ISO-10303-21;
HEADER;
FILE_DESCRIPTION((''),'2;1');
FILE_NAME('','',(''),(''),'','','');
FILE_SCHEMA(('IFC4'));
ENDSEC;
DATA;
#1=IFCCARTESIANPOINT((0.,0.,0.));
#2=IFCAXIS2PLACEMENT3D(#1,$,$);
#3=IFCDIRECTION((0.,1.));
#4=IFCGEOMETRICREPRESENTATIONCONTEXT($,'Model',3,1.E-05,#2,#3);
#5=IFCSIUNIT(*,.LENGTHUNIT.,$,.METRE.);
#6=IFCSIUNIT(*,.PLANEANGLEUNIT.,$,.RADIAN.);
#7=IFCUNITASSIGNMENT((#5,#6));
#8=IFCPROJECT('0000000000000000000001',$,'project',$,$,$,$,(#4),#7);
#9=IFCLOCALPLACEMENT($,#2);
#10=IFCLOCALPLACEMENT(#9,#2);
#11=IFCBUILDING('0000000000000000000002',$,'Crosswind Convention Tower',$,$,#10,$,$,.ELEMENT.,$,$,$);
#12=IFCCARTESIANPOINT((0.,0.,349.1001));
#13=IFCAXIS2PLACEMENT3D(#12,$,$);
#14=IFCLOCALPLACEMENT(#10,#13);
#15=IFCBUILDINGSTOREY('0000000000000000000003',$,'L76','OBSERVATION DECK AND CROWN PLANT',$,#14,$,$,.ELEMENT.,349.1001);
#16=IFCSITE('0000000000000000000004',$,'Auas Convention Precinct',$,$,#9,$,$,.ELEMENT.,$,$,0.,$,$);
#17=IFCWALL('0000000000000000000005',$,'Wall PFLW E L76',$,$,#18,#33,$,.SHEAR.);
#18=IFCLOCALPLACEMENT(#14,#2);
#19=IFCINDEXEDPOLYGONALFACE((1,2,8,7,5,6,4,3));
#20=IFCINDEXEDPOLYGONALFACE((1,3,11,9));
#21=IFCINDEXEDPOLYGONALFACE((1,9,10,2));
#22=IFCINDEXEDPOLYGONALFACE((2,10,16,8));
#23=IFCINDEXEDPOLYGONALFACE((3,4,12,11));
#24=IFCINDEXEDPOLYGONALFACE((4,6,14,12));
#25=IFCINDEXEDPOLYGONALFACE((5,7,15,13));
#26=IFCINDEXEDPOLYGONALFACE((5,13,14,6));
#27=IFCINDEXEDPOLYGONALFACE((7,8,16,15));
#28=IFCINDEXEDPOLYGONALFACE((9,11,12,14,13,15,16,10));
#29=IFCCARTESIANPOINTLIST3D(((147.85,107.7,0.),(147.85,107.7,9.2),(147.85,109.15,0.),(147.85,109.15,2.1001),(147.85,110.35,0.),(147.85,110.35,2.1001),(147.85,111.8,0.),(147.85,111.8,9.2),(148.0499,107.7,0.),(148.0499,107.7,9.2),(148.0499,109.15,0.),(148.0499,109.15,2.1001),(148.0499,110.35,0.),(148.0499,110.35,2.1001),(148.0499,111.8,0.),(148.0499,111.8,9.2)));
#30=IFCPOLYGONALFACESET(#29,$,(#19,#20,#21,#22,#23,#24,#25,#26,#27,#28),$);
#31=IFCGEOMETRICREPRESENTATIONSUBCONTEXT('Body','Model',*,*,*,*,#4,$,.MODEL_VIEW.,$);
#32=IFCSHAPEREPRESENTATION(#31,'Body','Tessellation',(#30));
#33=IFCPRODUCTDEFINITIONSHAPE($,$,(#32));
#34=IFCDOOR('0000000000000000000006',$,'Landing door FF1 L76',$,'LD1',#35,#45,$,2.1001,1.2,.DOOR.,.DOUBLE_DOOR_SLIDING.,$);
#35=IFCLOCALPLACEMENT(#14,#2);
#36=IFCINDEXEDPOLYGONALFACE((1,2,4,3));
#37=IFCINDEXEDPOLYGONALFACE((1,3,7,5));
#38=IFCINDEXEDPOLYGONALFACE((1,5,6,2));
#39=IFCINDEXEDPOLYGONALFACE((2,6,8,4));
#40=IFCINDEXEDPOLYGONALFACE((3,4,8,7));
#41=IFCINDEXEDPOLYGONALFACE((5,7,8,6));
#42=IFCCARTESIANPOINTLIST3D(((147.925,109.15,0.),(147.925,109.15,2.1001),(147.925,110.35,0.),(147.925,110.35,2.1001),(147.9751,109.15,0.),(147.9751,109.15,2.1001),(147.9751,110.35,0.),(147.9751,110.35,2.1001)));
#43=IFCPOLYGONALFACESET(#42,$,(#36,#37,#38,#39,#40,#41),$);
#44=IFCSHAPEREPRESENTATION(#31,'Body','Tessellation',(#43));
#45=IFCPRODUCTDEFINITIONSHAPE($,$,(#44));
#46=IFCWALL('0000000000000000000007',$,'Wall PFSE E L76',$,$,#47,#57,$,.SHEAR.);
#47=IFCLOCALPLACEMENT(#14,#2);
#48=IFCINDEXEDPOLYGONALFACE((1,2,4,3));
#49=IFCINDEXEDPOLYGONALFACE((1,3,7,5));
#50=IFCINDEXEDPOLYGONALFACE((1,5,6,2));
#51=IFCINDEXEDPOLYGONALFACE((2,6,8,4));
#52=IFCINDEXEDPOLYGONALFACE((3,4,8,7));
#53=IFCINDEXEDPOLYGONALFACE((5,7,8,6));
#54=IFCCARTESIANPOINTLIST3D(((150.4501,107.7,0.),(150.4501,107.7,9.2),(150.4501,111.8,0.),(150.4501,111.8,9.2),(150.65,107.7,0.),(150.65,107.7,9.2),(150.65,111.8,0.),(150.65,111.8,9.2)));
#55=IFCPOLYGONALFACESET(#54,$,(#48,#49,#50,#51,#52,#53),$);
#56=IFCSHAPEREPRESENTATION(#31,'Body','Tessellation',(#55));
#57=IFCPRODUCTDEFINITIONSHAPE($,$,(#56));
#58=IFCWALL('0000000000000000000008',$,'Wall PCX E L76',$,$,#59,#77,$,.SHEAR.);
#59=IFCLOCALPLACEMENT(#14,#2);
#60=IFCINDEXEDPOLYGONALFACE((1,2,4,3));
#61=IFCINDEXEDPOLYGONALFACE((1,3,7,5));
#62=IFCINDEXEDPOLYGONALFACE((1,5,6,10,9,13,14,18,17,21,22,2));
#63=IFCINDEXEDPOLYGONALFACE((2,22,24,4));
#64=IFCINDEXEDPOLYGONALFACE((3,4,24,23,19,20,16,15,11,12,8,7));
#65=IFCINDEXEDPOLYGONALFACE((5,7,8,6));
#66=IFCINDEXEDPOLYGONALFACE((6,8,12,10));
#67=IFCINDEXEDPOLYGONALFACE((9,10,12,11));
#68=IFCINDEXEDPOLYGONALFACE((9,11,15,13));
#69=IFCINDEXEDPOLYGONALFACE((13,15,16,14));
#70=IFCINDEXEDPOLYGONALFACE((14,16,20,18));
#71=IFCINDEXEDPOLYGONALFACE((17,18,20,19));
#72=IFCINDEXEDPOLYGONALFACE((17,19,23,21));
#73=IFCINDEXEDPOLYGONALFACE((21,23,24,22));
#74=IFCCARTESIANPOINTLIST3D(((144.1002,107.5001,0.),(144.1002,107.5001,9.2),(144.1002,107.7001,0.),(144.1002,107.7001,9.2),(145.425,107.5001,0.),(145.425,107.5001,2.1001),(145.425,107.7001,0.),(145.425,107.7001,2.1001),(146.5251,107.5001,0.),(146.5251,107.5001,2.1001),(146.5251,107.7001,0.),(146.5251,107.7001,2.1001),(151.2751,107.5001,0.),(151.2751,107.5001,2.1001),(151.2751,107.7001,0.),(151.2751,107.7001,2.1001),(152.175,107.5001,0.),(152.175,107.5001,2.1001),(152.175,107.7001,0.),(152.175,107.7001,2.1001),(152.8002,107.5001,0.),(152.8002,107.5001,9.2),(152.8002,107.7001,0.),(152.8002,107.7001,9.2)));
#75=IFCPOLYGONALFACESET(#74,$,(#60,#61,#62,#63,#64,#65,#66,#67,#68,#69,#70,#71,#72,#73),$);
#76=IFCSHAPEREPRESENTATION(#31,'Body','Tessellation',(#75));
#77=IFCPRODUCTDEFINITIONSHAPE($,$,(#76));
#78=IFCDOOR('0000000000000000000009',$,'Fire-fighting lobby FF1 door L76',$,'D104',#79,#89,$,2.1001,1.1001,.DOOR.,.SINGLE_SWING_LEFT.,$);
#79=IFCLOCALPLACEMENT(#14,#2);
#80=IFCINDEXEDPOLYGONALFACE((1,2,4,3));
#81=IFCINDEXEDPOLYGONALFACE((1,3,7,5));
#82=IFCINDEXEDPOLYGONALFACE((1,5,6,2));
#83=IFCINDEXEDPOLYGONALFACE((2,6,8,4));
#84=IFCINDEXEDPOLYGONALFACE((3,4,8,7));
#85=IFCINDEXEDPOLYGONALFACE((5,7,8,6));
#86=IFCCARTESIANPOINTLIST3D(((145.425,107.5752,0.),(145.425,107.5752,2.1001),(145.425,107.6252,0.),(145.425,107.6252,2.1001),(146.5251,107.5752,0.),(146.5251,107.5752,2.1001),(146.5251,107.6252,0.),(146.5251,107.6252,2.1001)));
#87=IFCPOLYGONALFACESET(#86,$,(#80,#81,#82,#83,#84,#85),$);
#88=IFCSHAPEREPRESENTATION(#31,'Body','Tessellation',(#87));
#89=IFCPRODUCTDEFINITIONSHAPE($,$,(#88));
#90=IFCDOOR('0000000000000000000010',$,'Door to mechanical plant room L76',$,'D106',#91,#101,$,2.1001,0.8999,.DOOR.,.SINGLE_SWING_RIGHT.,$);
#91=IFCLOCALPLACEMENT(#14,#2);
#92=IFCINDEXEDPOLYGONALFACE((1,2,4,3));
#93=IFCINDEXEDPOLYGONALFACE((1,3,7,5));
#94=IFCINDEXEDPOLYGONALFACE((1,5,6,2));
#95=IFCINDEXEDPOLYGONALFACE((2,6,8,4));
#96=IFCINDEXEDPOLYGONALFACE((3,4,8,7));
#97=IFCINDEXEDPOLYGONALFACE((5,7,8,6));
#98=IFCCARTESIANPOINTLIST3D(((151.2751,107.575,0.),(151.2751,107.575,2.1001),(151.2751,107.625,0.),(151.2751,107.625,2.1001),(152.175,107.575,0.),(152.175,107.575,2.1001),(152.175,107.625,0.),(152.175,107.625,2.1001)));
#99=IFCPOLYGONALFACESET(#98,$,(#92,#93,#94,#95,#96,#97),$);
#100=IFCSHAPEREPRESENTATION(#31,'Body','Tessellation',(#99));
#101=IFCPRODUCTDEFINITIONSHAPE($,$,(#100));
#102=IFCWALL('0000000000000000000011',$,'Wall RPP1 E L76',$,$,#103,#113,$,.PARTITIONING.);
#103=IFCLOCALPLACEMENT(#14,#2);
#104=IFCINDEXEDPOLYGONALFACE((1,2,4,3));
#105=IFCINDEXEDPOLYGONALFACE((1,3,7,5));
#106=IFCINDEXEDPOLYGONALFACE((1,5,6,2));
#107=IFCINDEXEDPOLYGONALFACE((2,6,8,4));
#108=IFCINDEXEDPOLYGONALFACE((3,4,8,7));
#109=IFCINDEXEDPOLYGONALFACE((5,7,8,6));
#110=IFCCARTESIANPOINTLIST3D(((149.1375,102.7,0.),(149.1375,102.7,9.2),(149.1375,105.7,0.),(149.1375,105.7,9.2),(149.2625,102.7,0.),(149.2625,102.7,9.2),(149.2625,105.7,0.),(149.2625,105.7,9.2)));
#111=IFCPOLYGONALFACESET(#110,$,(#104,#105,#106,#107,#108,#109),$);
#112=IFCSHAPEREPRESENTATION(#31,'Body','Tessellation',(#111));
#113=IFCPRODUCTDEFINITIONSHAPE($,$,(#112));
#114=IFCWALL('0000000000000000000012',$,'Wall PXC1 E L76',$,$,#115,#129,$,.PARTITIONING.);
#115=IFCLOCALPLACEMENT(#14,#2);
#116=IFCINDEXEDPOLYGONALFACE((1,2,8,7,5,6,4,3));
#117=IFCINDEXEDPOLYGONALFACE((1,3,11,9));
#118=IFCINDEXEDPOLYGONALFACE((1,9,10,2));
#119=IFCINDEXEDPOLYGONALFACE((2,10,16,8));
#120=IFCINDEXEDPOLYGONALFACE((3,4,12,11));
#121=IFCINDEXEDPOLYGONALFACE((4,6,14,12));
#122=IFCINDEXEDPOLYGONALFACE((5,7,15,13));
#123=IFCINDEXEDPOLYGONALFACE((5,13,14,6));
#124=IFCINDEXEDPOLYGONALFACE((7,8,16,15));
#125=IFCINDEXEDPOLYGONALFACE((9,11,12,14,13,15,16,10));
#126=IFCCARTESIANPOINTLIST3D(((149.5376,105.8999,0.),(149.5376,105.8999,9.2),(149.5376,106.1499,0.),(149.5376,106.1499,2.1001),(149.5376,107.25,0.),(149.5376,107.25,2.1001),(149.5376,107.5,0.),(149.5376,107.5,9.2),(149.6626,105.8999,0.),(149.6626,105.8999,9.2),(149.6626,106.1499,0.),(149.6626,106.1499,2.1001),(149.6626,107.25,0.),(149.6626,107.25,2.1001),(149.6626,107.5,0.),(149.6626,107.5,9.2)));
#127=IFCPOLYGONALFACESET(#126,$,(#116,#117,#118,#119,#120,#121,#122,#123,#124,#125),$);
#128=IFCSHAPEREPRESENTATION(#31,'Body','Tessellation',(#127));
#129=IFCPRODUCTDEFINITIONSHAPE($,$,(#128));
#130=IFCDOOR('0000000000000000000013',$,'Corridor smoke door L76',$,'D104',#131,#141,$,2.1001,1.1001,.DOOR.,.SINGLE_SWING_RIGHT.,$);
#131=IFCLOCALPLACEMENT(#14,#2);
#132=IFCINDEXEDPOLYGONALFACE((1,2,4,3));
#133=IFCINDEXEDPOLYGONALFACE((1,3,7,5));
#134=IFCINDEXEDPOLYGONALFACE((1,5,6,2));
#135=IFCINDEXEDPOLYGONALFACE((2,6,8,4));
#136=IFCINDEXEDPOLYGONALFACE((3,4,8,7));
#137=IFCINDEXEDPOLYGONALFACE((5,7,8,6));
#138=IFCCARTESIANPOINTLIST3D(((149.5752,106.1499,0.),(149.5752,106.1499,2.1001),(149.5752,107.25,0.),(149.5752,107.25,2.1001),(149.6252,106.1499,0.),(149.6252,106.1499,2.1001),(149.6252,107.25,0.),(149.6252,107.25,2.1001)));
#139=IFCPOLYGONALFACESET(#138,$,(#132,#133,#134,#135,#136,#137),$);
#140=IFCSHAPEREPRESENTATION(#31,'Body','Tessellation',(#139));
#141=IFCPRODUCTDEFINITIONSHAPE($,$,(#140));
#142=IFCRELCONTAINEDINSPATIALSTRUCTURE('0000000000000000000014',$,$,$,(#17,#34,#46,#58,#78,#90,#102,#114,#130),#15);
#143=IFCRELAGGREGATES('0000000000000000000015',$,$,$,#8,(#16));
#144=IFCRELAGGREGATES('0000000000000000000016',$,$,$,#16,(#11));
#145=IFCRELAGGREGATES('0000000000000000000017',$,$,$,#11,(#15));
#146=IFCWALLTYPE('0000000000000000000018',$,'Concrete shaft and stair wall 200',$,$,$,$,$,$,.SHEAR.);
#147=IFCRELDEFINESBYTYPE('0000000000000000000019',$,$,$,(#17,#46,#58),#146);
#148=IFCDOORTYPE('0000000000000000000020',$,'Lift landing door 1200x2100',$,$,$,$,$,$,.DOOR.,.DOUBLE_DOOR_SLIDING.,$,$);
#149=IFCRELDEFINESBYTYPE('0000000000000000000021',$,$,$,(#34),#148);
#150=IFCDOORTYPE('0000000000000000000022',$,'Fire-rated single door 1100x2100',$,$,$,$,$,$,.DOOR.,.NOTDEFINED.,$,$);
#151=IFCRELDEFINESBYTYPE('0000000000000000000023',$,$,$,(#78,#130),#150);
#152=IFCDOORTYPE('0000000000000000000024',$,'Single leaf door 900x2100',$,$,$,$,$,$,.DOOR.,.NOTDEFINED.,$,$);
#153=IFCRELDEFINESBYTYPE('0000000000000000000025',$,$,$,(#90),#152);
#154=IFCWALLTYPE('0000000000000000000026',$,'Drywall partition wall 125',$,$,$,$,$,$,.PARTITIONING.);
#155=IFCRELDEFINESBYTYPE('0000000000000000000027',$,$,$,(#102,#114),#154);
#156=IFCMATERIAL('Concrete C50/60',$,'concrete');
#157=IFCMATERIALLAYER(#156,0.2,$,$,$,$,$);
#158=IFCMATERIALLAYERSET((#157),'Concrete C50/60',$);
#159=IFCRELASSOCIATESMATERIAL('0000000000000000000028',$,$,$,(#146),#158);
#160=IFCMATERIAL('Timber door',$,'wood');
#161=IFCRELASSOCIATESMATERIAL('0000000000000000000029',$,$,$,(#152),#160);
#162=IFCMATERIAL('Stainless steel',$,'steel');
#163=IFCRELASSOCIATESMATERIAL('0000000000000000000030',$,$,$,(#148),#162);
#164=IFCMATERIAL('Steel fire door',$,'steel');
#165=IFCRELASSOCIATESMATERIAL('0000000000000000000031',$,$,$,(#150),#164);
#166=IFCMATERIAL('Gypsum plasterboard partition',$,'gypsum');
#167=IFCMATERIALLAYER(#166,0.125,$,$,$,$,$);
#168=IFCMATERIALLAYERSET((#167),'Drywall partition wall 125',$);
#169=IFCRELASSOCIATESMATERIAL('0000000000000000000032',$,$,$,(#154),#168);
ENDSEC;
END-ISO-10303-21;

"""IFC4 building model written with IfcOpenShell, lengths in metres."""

from ifc_helpers import new_model, si_unit, direction, frame, frame_2d, origin, place, context, subcontext, project, spatial, rectangle, extrude, material, layer, layer_set, type_object, element, fill, save


model = new_model("IFC4")

# Units and contexts
model_context = context("Model", 3, precision=1e-05, world=origin(), true_north=direction((0.0, 1.0)))
body_context = subcontext(model_context, "Body", "Model", "MODEL_VIEW")
ifc_project = project(units=[si_unit("LENGTHUNIT", "METRE"), si_unit("PLANEANGLEUNIT", "RADIAN")], contexts=[model_context])

# Site, building, storey
site_placement = place(None, origin())
site = spatial("IfcSite", under=ifc_project, at=site_placement, Name="Auas Convention Precinct", CompositionType="ELEMENT", RefElevation=0.0)
building_placement = place(site_placement, origin())
building = spatial("IfcBuilding", under=site, at=building_placement, Name="Crosswind Convention Tower", CompositionType="ELEMENT")
storey_placement = place(building_placement, frame((0.0, 0.0, 349.1001)))
storey = spatial("IfcBuildingStorey", under=building, at=storey_placement, Name="L76", Description="OBSERVATION DECK AND CROWN PLANT", CompositionType="ELEMENT", Elevation=349.1001)

# Shared definitions
ifc_material_1 = material(Name="Concrete C50/60", Category="concrete")
ifc_layer_1 = layer(ifc_material_1, 0.2)
ifc_layer_set_1 = layer_set([ifc_layer_1], Name="Concrete C50/60")
wall_type_1 = type_object("IfcWallType", Name="Concrete shaft and stair wall 200", PredefinedType="SHEAR", material=ifc_layer_set_1)

# Shared definitions
ifc_material_2 = material(Name="Steel fire door", Category="steel")
ifc_material_3 = material(Name="Timber door", Category="wood")
door_type_1 = type_object("IfcDoorType", Name="Single leaf door 900x2100", OperationType="NOTDEFINED", PredefinedType="DOOR", material=ifc_material_3)

# Wall, opening, door
wall_1_placement = place(storey_placement, frame((147.95, 107.7, 0.0), z_axis=(0.0, 0.0, 1.0), x_axis=(0.0, 1.0, 0.0)))
wall_1 = element("IfcWall", 1, at=wall_1_placement, inside=storey, type_object=wall_type_1, Name="Wall PFLW E L76", PredefinedType="SHEAR", context=body_context, shape_type="SweptSolid", body=[
    extrude(rectangle(XDim=4.1001, YDim=0.2, at=frame_2d((2.05, 0.0))), origin(), (0.0, 0.0, 1.0), 9.2),
])
opening_1_placement = place(wall_1_placement, frame((1.45, 0.0, 0.0)))
opening_1 = element("IfcOpeningElement", 2, at=opening_1_placement, cuts=wall_1, PredefinedType="OPENING", context=body_context, shape_type="SweptSolid", body=[
    extrude(rectangle(XDim=1.2, YDim=2.1001, at=frame_2d((0.6001, 1.05))), frame((0.0, 0.1099, 0.0), z_axis=(0.0, -1.0, 0.0), x_axis=(1.0, 0.0, 0.0)), (0.0, 0.0, 1.0), 0.22),
])
ifc_material_4 = material(Name="Stainless steel", Category="steel")
door_type_2 = type_object("IfcDoorType", Name="Lift landing door 1200x2100", OperationType="DOUBLE_DOOR_SLIDING", PredefinedType="DOOR", material=ifc_material_4)
door_1_placement = place(opening_1_placement, origin())
door_1 = element("IfcDoor", 3, at=door_1_placement, inside=storey, type_object=door_type_2, Name="Landing door FF1 L76", ObjectType="LD1", OperationType="DOUBLE_DOOR_SLIDING", OverallHeight=2.1001, OverallWidth=1.2, PredefinedType="DOOR", context=body_context, shape_type="SweptSolid", body=[
    extrude(rectangle(XDim=1.2, YDim=2.1001, at=frame_2d((0.6001, 1.05))), frame((0.0, 0.0249, 0.0), z_axis=(0.0, -1.0, 0.0), x_axis=(1.0, 0.0, 0.0)), (0.0, 0.0, 1.0), 0.05),
])
fill(opening_1, door_1)

# Wall
wall_2_placement = place(storey_placement, frame((150.55, 107.7, 0.0), z_axis=(0.0, 0.0, 1.0), x_axis=(0.0, 1.0, 0.0)))
element("IfcWall", 4, at=wall_2_placement, inside=storey, type_object=wall_type_1, Name="Wall PFSE E L76", PredefinedType="SHEAR", context=body_context, shape_type="SweptSolid", body=[
    extrude(rectangle(XDim=4.1001, YDim=0.2, at=frame_2d((2.05, 0.0))), origin(), (0.0, 0.0, 1.0), 9.2),
])

# Wall, openings, doors
wall_3_placement = place(storey_placement, frame((144.1001, 107.6001, 0.0), z_axis=(0.0, 0.0, 1.0), x_axis=(1.0, 0.0, 0.0)))
wall_3 = element("IfcWall", 5, at=wall_3_placement, inside=storey, type_object=wall_type_1, Name="Wall PCX E L76", PredefinedType="SHEAR", context=body_context, shape_type="SweptSolid", body=[
    extrude(rectangle(XDim=8.7, YDim=0.2, at=frame_2d((4.3501, 0.0))), origin(), (0.0, 0.0, 1.0), 9.2),
])
opening_2_placement = place(wall_3_placement, frame((1.325, 0.0, 0.0)))
opening_2 = element("IfcOpeningElement", 6, at=opening_2_placement, cuts=wall_3, PredefinedType="OPENING", context=body_context, shape_type="SweptSolid", body=[
    extrude(rectangle(XDim=1.1001, YDim=2.1001, at=frame_2d((0.55, 1.05))), frame((0.0, 0.1099, 0.0), z_axis=(0.0, -1.0, 0.0), x_axis=(1.0, 0.0, 0.0)), (0.0, 0.0, 1.0), 0.22),
])
opening_3_placement = place(wall_3_placement, frame((7.175, 0.0, 0.0)))
opening_3 = element("IfcOpeningElement", 7, at=opening_3_placement, cuts=wall_3, PredefinedType="OPENING", context=body_context, shape_type="SweptSolid", body=[
    extrude(rectangle(XDim=0.8999, YDim=2.1001, at=frame_2d((0.45, 1.05))), frame((0.0, 0.1099, 0.0), z_axis=(0.0, -1.0, 0.0), x_axis=(1.0, 0.0, 0.0)), (0.0, 0.0, 1.0), 0.22),
])
door_type_3 = type_object("IfcDoorType", Name="Fire-rated single door 1100x2100", OperationType="NOTDEFINED", PredefinedType="DOOR", material=ifc_material_2)
door_2_placement = place(opening_2_placement, frame((1.1001, 0.0, 0.0), z_axis=(0.0, 0.0, 1.0), x_axis=(-1.0, 0.0, 0.0)))
door_2 = element("IfcDoor", 8, at=door_2_placement, inside=storey, type_object=door_type_3, Name="Fire-fighting lobby FF1 door L76", ObjectType="D104", OperationType="SINGLE_SWING_LEFT", OverallHeight=2.1001, OverallWidth=1.1001, PredefinedType="DOOR", context=body_context, shape_type="SweptSolid", body=[
    extrude(rectangle(XDim=1.1001, YDim=2.1001, at=frame_2d((0.55, 1.05))), frame((0.0, 0.0249, 0.0), z_axis=(0.0, -1.0, 0.0), x_axis=(1.0, 0.0, 0.0)), (0.0, 0.0, 1.0), 0.05),
])
fill(opening_2, door_2)
door_3_placement = place(opening_3_placement, origin())
door_3 = element("IfcDoor", 9, at=door_3_placement, inside=storey, type_object=door_type_1, Name="Door to mechanical plant room L76", ObjectType="D106", OperationType="SINGLE_SWING_RIGHT", OverallHeight=2.1001, OverallWidth=0.8999, PredefinedType="DOOR", context=body_context, shape_type="SweptSolid", body=[
    extrude(rectangle(XDim=0.8999, YDim=2.1001, at=frame_2d((0.45, 1.05))), frame((0.0, 0.0249, 0.0), z_axis=(0.0, -1.0, 0.0), x_axis=(1.0, 0.0, 0.0)), (0.0, 0.0, 1.0), 0.05),
])
fill(opening_3, door_3)

# Wall
ifc_material_5 = material(Name="Gypsum plasterboard partition", Category="gypsum")
ifc_layer_2 = layer(ifc_material_5, 0.125)
ifc_layer_set_2 = layer_set([ifc_layer_2], Name="Drywall partition wall 125")
wall_type_2 = type_object("IfcWallType", Name="Drywall partition wall 125", PredefinedType="PARTITIONING", material=ifc_layer_set_2)
wall_4_placement = place(storey_placement, frame((149.2, 102.7, 0.0), z_axis=(0.0, 0.0, 1.0), x_axis=(0.0, 1.0, 0.0)))
element("IfcWall", 10, at=wall_4_placement, inside=storey, type_object=wall_type_2, Name="Wall RPP1 E L76", PredefinedType="PARTITIONING", context=body_context, shape_type="SweptSolid", body=[
    extrude(rectangle(XDim=3.0, YDim=0.125, at=frame_2d((1.5, 0.0))), origin(), (0.0, 0.0, 1.0), 9.2),
])

# Wall, opening, door
wall_5_placement = place(storey_placement, frame((149.6001, 105.8999, 0.0), z_axis=(0.0, 0.0, 1.0), x_axis=(0.0, 1.0, 0.0)))
wall_5 = element("IfcWall", 11, at=wall_5_placement, inside=storey, type_object=wall_type_2, Name="Wall PXC1 E L76", PredefinedType="PARTITIONING", context=body_context, shape_type="SweptSolid", body=[
    extrude(rectangle(XDim=1.6001, YDim=0.125, at=frame_2d((0.8, 0.0))), origin(), (0.0, 0.0, 1.0), 9.2),
])
opening_4_placement = place(wall_5_placement, frame((0.25, 0.0, 0.0)))
opening_4 = element("IfcOpeningElement", 12, at=opening_4_placement, cuts=wall_5, PredefinedType="OPENING", context=body_context, shape_type="SweptSolid", body=[
    extrude(rectangle(XDim=1.1001, YDim=2.1001, at=frame_2d((0.55, 1.05))), frame((0.0, 0.0725, 0.0), z_axis=(0.0, -1.0, 0.0), x_axis=(1.0, 0.0, 0.0)), (0.0, 0.0, 1.0), 0.145),
])
door_4_placement = place(opening_4_placement, origin())
door_4 = element("IfcDoor", 13, at=door_4_placement, inside=storey, type_object=door_type_3, Name="Corridor smoke door L76", ObjectType="D104", OperationType="SINGLE_SWING_RIGHT", OverallHeight=2.1001, OverallWidth=1.1001, PredefinedType="DOOR", context=body_context, shape_type="SweptSolid", body=[
    extrude(rectangle(XDim=1.1001, YDim=2.1001, at=frame_2d((0.55, 1.05))), frame((0.0, 0.0249, 0.0), z_axis=(0.0, -1.0, 0.0), x_axis=(1.0, 0.0, 0.0)), (0.0, 0.0, 1.0), 0.05),
])
fill(opening_4, door_4)

save(model, "model.ifc")
